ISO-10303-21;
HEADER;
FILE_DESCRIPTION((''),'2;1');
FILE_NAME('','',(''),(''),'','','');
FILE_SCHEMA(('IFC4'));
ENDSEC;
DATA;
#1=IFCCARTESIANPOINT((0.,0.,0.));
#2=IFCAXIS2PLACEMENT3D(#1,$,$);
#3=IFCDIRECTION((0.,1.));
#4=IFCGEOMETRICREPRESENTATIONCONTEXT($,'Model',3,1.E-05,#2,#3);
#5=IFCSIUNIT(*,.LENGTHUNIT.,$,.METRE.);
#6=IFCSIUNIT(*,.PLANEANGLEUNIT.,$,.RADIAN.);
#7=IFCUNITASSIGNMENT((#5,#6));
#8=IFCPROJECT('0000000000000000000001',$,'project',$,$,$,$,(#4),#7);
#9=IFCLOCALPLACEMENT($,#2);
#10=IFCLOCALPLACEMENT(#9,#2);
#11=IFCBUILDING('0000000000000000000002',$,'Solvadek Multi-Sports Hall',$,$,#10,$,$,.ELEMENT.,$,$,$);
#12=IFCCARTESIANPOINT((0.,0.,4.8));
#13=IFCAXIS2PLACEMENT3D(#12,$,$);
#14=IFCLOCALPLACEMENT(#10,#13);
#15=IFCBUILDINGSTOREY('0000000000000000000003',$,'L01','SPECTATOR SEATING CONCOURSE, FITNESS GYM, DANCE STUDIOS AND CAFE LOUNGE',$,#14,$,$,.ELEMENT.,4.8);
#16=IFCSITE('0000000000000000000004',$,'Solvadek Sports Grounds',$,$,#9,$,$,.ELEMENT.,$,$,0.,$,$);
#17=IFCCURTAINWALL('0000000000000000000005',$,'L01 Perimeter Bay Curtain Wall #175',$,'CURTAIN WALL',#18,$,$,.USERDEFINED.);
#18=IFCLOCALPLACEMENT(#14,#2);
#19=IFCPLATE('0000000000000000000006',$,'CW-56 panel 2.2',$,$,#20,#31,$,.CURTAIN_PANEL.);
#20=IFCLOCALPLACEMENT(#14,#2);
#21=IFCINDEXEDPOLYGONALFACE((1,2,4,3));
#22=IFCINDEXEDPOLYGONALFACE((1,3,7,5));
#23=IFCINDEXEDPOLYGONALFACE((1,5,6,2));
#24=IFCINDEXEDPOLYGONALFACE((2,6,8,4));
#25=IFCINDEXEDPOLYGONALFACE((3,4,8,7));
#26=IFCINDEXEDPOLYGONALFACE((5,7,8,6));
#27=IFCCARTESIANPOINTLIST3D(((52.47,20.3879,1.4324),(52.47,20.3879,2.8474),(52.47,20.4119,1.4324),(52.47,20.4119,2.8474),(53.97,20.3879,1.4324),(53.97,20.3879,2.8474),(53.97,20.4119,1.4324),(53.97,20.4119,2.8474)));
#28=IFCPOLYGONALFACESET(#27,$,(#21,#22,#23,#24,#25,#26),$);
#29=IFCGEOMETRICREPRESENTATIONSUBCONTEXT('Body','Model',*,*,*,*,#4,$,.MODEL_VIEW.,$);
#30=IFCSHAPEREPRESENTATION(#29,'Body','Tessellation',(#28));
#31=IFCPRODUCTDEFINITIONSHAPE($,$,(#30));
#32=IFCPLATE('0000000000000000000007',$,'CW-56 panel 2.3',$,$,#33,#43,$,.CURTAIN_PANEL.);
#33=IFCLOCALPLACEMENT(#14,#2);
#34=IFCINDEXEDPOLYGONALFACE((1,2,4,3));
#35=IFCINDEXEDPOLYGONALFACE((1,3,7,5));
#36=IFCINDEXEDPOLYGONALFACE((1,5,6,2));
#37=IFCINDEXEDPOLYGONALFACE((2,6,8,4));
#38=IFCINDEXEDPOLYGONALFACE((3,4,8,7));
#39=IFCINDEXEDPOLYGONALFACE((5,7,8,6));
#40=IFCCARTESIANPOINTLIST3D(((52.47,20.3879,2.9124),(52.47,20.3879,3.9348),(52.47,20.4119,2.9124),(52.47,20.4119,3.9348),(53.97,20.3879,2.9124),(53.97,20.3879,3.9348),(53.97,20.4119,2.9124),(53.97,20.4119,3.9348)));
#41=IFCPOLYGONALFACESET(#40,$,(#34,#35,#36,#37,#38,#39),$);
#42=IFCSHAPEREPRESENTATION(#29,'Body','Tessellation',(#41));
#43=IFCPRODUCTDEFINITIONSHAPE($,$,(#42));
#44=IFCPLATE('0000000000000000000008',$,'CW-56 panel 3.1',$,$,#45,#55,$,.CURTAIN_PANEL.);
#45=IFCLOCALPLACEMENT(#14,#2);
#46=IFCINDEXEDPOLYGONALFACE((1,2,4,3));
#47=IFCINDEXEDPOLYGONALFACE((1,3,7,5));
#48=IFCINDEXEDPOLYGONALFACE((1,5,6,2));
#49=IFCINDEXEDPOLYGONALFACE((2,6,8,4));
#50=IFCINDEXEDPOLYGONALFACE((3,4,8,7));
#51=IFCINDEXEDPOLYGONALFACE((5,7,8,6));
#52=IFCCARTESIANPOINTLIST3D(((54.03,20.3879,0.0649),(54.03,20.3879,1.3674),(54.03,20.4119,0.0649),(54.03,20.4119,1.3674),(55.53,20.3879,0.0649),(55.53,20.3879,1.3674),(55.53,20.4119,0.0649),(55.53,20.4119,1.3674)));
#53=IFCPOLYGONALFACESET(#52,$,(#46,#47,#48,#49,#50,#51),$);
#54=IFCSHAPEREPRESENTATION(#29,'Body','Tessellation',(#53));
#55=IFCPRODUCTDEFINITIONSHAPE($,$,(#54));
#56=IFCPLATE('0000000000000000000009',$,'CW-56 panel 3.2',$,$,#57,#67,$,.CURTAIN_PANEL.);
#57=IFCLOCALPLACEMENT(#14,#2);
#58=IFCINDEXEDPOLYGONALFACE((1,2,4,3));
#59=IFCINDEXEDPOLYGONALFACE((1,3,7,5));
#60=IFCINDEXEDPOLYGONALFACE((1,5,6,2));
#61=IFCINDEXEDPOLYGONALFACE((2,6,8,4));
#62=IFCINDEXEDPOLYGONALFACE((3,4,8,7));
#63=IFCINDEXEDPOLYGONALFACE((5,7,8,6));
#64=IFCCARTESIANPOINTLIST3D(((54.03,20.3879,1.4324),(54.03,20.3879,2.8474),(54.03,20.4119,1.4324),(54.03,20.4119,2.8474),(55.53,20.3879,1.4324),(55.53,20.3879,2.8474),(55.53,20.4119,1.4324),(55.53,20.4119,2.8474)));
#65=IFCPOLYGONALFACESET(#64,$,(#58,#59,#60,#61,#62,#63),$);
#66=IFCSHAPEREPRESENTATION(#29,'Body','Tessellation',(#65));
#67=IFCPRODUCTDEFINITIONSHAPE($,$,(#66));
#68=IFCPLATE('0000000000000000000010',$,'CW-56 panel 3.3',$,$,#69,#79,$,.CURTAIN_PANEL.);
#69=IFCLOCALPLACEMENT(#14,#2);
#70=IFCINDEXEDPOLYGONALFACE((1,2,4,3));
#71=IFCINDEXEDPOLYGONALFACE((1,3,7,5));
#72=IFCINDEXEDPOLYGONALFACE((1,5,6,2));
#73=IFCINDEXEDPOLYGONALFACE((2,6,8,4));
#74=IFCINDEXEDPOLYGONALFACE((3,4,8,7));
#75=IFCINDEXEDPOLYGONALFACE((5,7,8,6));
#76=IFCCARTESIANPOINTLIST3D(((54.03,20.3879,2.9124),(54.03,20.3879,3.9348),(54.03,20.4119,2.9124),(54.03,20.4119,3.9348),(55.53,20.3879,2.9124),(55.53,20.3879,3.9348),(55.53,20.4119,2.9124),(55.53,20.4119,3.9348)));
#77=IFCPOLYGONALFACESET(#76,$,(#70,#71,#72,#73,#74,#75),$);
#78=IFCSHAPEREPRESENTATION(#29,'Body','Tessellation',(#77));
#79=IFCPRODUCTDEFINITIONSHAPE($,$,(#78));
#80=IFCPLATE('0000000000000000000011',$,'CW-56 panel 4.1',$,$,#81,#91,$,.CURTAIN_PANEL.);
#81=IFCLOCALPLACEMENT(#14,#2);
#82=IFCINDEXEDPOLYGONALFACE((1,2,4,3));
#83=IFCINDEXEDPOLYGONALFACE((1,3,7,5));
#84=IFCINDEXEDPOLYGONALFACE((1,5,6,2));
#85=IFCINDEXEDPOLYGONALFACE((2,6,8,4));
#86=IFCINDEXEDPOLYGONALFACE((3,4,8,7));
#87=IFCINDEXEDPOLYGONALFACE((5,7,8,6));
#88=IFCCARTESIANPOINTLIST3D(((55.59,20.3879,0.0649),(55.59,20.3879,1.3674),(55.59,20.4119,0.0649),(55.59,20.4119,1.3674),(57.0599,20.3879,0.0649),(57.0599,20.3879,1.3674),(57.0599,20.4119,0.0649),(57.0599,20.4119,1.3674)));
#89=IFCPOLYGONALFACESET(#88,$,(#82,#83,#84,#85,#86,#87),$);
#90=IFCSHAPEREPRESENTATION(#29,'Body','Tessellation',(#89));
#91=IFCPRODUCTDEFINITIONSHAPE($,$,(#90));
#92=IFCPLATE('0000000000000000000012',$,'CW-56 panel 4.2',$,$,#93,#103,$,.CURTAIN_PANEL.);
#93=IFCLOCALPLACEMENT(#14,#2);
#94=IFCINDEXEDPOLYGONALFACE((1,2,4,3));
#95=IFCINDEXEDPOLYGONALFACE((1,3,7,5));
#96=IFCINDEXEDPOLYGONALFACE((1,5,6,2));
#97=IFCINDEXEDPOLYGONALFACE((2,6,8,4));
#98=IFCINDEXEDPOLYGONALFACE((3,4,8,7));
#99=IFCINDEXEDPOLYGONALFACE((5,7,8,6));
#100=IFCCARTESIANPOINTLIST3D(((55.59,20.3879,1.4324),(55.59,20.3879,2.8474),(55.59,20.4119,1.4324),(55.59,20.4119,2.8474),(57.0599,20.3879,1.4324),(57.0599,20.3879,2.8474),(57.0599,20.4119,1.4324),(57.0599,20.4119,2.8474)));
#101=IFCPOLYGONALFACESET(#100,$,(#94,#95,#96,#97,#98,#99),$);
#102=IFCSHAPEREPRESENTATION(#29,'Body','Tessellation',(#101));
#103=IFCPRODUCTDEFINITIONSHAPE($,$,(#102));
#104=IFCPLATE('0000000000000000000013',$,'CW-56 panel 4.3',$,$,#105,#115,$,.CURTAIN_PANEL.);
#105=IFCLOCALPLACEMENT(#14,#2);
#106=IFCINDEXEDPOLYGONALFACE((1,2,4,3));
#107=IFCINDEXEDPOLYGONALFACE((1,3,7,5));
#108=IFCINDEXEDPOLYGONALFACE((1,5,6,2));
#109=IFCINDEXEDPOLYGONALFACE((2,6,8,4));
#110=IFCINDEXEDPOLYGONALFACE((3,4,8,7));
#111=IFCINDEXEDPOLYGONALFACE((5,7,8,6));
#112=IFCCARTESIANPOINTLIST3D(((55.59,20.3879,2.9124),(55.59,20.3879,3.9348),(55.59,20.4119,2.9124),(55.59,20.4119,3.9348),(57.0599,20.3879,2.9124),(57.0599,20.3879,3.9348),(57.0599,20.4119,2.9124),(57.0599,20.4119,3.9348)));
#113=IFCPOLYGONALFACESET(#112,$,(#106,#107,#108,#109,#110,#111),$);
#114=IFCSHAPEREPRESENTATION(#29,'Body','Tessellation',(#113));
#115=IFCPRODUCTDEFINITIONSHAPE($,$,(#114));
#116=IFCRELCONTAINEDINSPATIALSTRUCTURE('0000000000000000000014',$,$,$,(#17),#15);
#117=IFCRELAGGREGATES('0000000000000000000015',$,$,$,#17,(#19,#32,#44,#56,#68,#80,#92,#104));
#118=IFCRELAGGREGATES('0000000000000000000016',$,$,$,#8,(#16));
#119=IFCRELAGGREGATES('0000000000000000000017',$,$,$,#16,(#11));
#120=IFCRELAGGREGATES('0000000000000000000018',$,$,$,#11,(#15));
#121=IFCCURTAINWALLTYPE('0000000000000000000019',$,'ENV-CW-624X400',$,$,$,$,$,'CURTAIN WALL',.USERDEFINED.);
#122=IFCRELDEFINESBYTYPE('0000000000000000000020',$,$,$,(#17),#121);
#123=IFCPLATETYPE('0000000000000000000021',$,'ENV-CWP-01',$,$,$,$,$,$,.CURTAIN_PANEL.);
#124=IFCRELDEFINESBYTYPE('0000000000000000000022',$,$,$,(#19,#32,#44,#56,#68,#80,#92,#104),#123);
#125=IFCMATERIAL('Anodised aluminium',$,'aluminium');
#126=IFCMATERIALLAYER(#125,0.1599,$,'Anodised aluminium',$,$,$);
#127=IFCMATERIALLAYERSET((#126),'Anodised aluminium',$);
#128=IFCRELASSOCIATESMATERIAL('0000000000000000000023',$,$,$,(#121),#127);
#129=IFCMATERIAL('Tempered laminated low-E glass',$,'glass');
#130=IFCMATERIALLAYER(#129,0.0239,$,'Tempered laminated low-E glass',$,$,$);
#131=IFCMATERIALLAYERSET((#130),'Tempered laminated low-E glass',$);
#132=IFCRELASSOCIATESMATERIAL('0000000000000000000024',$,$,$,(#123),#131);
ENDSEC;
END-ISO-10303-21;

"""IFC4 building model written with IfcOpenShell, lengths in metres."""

from ifc_helpers import new_model, si_unit, direction, frame, origin, origin_2d, place, context, subcontext, project, spatial, rectangle, extrude, material, layer, layer_set, type_object, element, aggregate, save


model = new_model("IFC4")

# Units and contexts
model_context = context("Model", 3, precision=1e-05, world=origin(), true_north=direction((0.0, 1.0)))
body_context = subcontext(model_context, "Body", "Model", "MODEL_VIEW")
ifc_project = project(units=[si_unit("LENGTHUNIT", "METRE"), si_unit("PLANEANGLEUNIT", "RADIAN")], contexts=[model_context])

# Site, building, storey
site_placement = place(None, origin())
site = spatial("IfcSite", under=ifc_project, at=site_placement, Name="Solvadek Sports Grounds", CompositionType="ELEMENT", RefElevation=0.0)
building_placement = place(site_placement, origin())
building = spatial("IfcBuilding", under=site, at=building_placement, Name="Solvadek Multi-Sports Hall", CompositionType="ELEMENT")
storey_placement = place(building_placement, frame((0.0, 0.0, 4.8)))
storey = spatial("IfcBuildingStorey", under=building, at=storey_placement, Name="L01", Description="SPECTATOR SEATING CONCOURSE, FITNESS GYM, DANCE STUDIOS AND CAFE LOUNGE", CompositionType="ELEMENT", Elevation=4.8)

# Curtain wall
ifc_material_1 = material(Name="Anodised aluminium", Category="aluminium")
ifc_layer_1 = layer(ifc_material_1, 0.1599, Name="Anodised aluminium")
ifc_layer_set_1 = layer_set([ifc_layer_1], Name="Anodised aluminium")
curtain_wall_type_1 = type_object("IfcCurtainWallType", Name="ENV-CW-624X400", ElementType="CURTAIN WALL", PredefinedType="USERDEFINED", material=ifc_layer_set_1)
curtain_wall_1_placement = place(storey_placement, origin())
curtain_wall_1 = element("IfcCurtainWall", 1, at=curtain_wall_1_placement, inside=storey, type_object=curtain_wall_type_1, Name="L01 Perimeter Bay Curtain Wall #175", ObjectType="CURTAIN WALL", PredefinedType="USERDEFINED")

# Plates
ifc_material_2 = material(Name="Tempered laminated low-E glass", Category="glass")
ifc_layer_2 = layer(ifc_material_2, 0.0239, Name="Tempered laminated low-E glass")
ifc_layer_set_2 = layer_set([ifc_layer_2], Name="Tempered laminated low-E glass")
plate_type = type_object("IfcPlateType", Name="ENV-CWP-01", PredefinedType="CURTAIN_PANEL", material=ifc_layer_set_2)
plate_1_placement = place(storey_placement, frame((53.22, 20.3999, 1.4324), z_axis=(0.0, 0.0, 1.0), x_axis=(1.0, 0.0, 0.0)))
plate_1 = element("IfcPlate", 2, at=plate_1_placement, type_object=plate_type, Name="CW-56 panel 2.2", PredefinedType="CURTAIN_PANEL", context=body_context, shape_type="SweptSolid", body=[
    extrude(rectangle(XDim=1.5, YDim=0.0239, at=origin_2d()), origin(), (0.0, 0.0, 1.0), 1.415),
])
plate_2_placement = place(storey_placement, frame((53.22, 20.3999, 2.9124), z_axis=(0.0, 0.0, 1.0), x_axis=(1.0, 0.0, 0.0)))
plate_2 = element("IfcPlate", 3, at=plate_2_placement, type_object=plate_type, Name="CW-56 panel 2.3", PredefinedType="CURTAIN_PANEL", context=body_context, shape_type="SweptSolid", body=[
    extrude(rectangle(XDim=1.5, YDim=0.0239, at=origin_2d()), origin(), (0.0, 0.0, 1.0), 1.0225),
])
plate_3_placement = place(storey_placement, frame((54.78, 20.3999, 0.0649), z_axis=(0.0, 0.0, 1.0), x_axis=(1.0, 0.0, 0.0)))
plate_3 = element("IfcPlate", 4, at=plate_3_placement, type_object=plate_type, Name="CW-56 panel 3.1", PredefinedType="CURTAIN_PANEL", context=body_context, shape_type="SweptSolid", body=[
    extrude(rectangle(XDim=1.5, YDim=0.0239, at=origin_2d()), origin(), (0.0, 0.0, 1.0), 1.3025),
])
plate_4_placement = place(storey_placement, frame((54.78, 20.3999, 1.4324), z_axis=(0.0, 0.0, 1.0), x_axis=(1.0, 0.0, 0.0)))
plate_4 = element("IfcPlate", 5, at=plate_4_placement, type_object=plate_type, Name="CW-56 panel 3.2", PredefinedType="CURTAIN_PANEL", context=body_context, shape_type="SweptSolid", body=[
    extrude(rectangle(XDim=1.5, YDim=0.0239, at=origin_2d()), origin(), (0.0, 0.0, 1.0), 1.415),
])
plate_5_placement = place(storey_placement, frame((54.78, 20.3999, 2.9124), z_axis=(0.0, 0.0, 1.0), x_axis=(1.0, 0.0, 0.0)))
plate_5 = element("IfcPlate", 6, at=plate_5_placement, type_object=plate_type, Name="CW-56 panel 3.3", PredefinedType="CURTAIN_PANEL", context=body_context, shape_type="SweptSolid", body=[
    extrude(rectangle(XDim=1.5, YDim=0.0239, at=origin_2d()), origin(), (0.0, 0.0, 1.0), 1.0225),
])
plate_6_placement = place(storey_placement, frame((56.325, 20.3999, 0.0649), z_axis=(0.0, 0.0, 1.0), x_axis=(1.0, 0.0, 0.0)))
plate_6 = element("IfcPlate", 7, at=plate_6_placement, type_object=plate_type, Name="CW-56 panel 4.1", PredefinedType="CURTAIN_PANEL", context=body_context, shape_type="SweptSolid", body=[
    extrude(rectangle(XDim=1.47, YDim=0.0239, at=origin_2d()), origin(), (0.0, 0.0, 1.0), 1.3025),
])
plate_7_placement = place(storey_placement, frame((56.325, 20.3999, 1.4324), z_axis=(0.0, 0.0, 1.0), x_axis=(1.0, 0.0, 0.0)))
plate_7 = element("IfcPlate", 8, at=plate_7_placement, type_object=plate_type, Name="CW-56 panel 4.2", PredefinedType="CURTAIN_PANEL", context=body_context, shape_type="SweptSolid", body=[
    extrude(rectangle(XDim=1.47, YDim=0.0239, at=origin_2d()), origin(), (0.0, 0.0, 1.0), 1.415),
])
plate_8_placement = place(storey_placement, frame((56.325, 20.3999, 2.9124), z_axis=(0.0, 0.0, 1.0), x_axis=(1.0, 0.0, 0.0)))
plate_8 = element("IfcPlate", 9, at=plate_8_placement, type_object=plate_type, Name="CW-56 panel 4.3", PredefinedType="CURTAIN_PANEL", context=body_context, shape_type="SweptSolid", body=[
    extrude(rectangle(XDim=1.47, YDim=0.0239, at=origin_2d()), origin(), (0.0, 0.0, 1.0), 1.0225),
])
aggregate(curtain_wall_1, [plate_1, plate_2, plate_3, plate_4, plate_5, plate_6, plate_7, plate_8])

save(model, "model.ifc")
